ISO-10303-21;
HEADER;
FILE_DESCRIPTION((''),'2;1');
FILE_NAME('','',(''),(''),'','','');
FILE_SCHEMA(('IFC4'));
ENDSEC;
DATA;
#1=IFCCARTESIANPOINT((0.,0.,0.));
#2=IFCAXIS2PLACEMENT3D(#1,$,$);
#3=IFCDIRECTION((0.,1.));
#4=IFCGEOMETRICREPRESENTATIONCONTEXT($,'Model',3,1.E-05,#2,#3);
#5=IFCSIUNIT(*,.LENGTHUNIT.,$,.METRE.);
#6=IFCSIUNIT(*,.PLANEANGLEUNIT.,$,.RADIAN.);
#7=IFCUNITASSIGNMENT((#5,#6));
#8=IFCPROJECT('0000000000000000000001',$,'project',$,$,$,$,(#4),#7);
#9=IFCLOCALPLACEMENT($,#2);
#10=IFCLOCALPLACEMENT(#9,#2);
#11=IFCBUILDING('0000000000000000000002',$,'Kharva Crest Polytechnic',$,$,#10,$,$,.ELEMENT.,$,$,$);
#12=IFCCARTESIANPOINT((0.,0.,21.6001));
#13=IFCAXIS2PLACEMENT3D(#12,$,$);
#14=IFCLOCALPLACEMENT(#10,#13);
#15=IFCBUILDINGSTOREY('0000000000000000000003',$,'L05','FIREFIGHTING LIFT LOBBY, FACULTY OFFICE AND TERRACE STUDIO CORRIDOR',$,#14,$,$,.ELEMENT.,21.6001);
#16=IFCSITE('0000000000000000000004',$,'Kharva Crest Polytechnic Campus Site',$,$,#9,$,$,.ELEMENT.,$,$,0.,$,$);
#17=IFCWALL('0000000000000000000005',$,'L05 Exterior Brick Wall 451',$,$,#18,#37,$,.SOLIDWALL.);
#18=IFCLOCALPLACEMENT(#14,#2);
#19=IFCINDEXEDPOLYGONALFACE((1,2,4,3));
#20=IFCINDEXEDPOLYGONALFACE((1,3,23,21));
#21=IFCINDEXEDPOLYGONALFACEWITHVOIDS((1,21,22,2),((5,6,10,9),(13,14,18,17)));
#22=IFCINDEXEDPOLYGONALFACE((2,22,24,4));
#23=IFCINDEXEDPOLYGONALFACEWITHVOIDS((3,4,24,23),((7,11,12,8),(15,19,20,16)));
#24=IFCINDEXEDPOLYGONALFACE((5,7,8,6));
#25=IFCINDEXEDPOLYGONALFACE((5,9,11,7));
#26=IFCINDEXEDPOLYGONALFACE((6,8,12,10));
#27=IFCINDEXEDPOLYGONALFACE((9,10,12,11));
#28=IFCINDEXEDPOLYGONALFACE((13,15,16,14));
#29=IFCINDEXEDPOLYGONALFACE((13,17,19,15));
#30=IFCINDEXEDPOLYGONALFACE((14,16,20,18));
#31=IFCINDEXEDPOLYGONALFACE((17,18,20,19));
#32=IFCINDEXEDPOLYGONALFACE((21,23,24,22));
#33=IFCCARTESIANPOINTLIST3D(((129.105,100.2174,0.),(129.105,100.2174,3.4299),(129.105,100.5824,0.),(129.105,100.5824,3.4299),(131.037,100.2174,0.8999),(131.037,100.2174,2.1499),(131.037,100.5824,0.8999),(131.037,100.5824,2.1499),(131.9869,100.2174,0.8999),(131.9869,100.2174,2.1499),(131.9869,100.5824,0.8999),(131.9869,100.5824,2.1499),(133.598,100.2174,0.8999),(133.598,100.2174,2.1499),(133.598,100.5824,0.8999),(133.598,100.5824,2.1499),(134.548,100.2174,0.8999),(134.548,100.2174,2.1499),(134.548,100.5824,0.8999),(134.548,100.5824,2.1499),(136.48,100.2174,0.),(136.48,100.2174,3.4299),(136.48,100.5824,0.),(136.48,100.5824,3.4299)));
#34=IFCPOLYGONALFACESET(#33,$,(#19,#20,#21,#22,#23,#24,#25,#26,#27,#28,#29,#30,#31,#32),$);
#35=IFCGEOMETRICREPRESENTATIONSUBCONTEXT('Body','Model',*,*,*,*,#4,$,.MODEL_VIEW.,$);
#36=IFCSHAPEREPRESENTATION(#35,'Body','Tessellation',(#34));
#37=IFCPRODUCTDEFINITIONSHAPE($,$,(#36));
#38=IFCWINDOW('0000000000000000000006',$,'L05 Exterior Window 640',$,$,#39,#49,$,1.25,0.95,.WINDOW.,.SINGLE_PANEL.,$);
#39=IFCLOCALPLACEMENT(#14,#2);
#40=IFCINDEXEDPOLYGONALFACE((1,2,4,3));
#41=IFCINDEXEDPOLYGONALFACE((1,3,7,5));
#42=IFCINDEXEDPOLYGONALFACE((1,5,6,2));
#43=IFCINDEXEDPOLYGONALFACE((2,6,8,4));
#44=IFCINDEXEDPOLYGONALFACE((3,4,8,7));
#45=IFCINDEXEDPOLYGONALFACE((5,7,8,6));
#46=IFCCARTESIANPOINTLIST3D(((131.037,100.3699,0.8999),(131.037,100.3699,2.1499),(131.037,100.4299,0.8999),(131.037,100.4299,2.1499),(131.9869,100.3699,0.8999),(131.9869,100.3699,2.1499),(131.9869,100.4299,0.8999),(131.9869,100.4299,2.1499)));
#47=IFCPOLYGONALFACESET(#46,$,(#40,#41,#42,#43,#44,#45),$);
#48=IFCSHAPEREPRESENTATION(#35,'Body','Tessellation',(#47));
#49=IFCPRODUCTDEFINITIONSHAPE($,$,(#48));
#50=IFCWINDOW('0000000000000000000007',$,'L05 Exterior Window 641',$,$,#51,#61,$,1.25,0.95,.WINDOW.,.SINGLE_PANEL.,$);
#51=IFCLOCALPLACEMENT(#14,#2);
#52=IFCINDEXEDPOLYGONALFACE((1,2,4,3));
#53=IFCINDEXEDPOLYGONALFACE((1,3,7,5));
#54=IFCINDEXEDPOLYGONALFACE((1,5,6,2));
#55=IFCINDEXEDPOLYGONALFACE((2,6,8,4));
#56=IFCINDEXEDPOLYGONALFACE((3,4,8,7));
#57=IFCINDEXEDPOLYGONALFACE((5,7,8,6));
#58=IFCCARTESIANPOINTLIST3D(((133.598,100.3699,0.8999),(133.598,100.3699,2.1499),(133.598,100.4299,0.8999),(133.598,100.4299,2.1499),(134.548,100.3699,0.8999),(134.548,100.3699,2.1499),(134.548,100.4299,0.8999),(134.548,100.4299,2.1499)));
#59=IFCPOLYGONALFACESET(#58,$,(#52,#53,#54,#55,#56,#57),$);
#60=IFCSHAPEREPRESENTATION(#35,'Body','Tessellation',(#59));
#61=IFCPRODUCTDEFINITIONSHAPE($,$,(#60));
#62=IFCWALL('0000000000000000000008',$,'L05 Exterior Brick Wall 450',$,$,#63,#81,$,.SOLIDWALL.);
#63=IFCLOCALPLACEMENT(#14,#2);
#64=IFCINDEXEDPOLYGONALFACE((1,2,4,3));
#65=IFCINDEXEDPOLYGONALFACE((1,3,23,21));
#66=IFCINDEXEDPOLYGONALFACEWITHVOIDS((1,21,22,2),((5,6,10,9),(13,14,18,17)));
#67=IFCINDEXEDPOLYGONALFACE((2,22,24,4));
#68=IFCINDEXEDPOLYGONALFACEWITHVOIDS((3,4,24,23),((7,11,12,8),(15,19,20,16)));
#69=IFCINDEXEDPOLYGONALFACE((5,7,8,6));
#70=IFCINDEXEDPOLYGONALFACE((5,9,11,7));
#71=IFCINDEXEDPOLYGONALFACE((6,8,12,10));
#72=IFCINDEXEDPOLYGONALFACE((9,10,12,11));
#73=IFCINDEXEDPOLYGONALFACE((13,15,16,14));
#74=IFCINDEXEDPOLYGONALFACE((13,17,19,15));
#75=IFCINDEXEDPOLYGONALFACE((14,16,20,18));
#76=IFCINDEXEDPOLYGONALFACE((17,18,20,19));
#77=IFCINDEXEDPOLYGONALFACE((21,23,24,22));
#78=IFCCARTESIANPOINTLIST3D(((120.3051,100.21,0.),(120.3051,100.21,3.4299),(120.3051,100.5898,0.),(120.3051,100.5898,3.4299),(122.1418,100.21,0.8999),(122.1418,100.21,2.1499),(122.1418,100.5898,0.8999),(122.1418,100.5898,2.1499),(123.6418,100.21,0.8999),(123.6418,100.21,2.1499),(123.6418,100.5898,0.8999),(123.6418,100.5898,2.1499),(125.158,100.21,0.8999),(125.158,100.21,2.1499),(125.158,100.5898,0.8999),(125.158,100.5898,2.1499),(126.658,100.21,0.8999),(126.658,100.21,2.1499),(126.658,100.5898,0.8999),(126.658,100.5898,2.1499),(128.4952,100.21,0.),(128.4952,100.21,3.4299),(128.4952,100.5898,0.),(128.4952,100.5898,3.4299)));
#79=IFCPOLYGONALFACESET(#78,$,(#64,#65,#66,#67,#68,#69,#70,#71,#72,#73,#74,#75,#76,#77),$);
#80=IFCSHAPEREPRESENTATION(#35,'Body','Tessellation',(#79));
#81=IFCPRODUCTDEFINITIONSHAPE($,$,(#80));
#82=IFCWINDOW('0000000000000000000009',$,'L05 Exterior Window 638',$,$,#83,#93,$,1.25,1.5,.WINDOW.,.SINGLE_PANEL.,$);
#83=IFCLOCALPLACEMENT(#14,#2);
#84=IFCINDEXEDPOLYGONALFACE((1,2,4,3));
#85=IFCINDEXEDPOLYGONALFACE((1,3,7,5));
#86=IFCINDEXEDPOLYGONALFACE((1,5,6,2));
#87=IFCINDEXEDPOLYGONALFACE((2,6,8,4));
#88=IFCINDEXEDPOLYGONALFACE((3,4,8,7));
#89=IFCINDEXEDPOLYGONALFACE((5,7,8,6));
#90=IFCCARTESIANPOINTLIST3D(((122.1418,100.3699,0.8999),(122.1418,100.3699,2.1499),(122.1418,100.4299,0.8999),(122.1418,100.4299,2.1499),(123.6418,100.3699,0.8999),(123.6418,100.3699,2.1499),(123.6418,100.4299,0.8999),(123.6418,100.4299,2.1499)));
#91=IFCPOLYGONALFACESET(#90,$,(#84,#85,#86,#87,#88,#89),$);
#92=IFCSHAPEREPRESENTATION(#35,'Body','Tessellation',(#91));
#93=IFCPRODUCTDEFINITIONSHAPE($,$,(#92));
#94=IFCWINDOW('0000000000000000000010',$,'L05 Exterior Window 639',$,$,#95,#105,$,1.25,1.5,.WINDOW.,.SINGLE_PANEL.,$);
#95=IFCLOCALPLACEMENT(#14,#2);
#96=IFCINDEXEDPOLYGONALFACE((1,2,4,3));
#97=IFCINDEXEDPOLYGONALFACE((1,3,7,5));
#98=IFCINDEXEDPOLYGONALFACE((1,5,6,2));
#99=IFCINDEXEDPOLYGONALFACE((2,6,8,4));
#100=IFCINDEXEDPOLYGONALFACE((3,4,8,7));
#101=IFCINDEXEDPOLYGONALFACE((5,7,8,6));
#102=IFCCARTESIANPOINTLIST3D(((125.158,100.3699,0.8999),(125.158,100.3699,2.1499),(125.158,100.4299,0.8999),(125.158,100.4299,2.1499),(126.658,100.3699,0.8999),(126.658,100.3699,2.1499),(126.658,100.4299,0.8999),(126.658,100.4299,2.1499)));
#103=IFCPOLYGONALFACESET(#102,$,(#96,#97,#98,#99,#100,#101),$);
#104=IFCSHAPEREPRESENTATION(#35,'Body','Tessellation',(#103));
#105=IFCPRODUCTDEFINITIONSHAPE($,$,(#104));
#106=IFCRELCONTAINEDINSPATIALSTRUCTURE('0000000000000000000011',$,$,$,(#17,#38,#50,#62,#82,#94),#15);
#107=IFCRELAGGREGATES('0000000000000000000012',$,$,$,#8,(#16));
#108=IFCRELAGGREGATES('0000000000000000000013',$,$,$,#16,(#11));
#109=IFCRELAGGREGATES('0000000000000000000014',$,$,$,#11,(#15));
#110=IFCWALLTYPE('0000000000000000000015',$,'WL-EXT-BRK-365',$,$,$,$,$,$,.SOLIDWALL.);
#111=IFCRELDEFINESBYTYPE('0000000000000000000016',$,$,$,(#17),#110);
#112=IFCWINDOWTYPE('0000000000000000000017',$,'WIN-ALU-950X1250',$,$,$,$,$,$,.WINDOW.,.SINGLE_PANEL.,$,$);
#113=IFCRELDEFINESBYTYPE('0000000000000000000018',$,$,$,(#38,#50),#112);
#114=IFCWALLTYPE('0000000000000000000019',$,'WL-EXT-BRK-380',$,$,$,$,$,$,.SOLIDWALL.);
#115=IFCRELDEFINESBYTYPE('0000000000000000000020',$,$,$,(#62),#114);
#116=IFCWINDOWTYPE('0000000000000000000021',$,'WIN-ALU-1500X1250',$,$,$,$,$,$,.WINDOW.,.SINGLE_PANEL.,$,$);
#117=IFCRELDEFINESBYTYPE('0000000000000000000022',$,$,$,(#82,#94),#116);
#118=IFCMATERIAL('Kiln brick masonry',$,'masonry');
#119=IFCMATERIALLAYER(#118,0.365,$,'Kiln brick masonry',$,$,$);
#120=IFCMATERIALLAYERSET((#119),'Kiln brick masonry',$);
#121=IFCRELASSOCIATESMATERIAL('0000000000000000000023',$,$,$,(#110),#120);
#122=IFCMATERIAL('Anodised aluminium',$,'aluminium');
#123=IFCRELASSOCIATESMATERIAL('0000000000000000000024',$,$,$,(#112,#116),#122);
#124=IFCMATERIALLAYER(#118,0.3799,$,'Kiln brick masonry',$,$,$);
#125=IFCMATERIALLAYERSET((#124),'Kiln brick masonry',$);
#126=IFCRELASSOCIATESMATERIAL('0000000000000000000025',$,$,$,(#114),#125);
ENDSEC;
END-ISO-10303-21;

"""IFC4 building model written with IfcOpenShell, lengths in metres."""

from ifc_helpers import new_model, si_unit, direction, frame, frame_2d, origin, place, context, subcontext, project, spatial, rectangle, extrude, material, layer, layer_set, type_object, element, fill, save


model = new_model("IFC4")

# Units and contexts
model_context = context("Model", 3, precision=1e-05, world=origin(), true_north=direction((0.0, 1.0)))
body_context = subcontext(model_context, "Body", "Model", "MODEL_VIEW")
ifc_project = project(units=[si_unit("LENGTHUNIT", "METRE"), si_unit("PLANEANGLEUNIT", "RADIAN")], contexts=[model_context])

# Site, building, storey
site_placement = place(None, origin())
site = spatial("IfcSite", under=ifc_project, at=site_placement, Name="Kharva Crest Polytechnic Campus Site", CompositionType="ELEMENT", RefElevation=0.0)
building_placement = place(site_placement, origin())
building = spatial("IfcBuilding", under=site, at=building_placement, Name="Kharva Crest Polytechnic", CompositionType="ELEMENT")
storey_placement = place(building_placement, frame((0.0, 0.0, 21.6001)))
storey = spatial("IfcBuildingStorey", under=building, at=storey_placement, Name="L05", Description="FIREFIGHTING LIFT LOBBY, FACULTY OFFICE AND TERRACE STUDIO CORRIDOR", CompositionType="ELEMENT", Elevation=21.6001)

# Walls, openings, windows
ifc_material_1 = material(Name="Kiln brick masonry", Category="masonry")
ifc_layer_1 = layer(ifc_material_1, 0.365, Name="Kiln brick masonry")
ifc_layer_set_1 = layer_set([ifc_layer_1], Name="Kiln brick masonry")
wall_type_1 = type_object("IfcWallType", Name="WL-EXT-BRK-365", PredefinedType="SOLIDWALL", material=ifc_layer_set_1)
wall_1_placement = place(storey_placement, frame((129.105, 100.3999, 0.0), z_axis=(0.0, 0.0, 1.0), x_axis=(1.0, 0.0, 0.0)))
wall_1 = element("IfcWall", 1, at=wall_1_placement, inside=storey, type_object=wall_type_1, Name="L05 Exterior Brick Wall 451", PredefinedType="SOLIDWALL", context=body_context, shape_type="SweptSolid", body=[
    extrude(rectangle(XDim=7.375, YDim=0.365, at=frame_2d((3.6875, 0.0))), origin(), (0.0, 0.0, 1.0), 3.4299),
])
opening_1_placement = place(wall_1_placement, frame((1.9319, 0.0, 0.8999)))
opening_1 = element("IfcOpeningElement", 2, at=opening_1_placement, cuts=wall_1, PredefinedType="OPENING", context=body_context, shape_type="SweptSolid", body=[
    extrude(rectangle(XDim=0.95, YDim=1.25, at=frame_2d((0.4751, 0.625))), frame((0.0, 0.1924, 0.0), z_axis=(0.0, -1.0, 0.0), x_axis=(1.0, 0.0, 0.0)), (0.0, 0.0, 1.0), 0.385),
])
opening_2_placement = place(wall_1_placement, frame((4.4929, 0.0, 0.8999)))
opening_2 = element("IfcOpeningElement", 3, at=opening_2_placement, cuts=wall_1, PredefinedType="OPENING", context=body_context, shape_type="SweptSolid", body=[
    extrude(rectangle(XDim=0.95, YDim=1.25, at=frame_2d((0.4751, 0.625))), frame((0.0, 0.1924, 0.0), z_axis=(0.0, -1.0, 0.0), x_axis=(1.0, 0.0, 0.0)), (0.0, 0.0, 1.0), 0.385),
])
ifc_material_2 = material(Name="Anodised aluminium", Category="aluminium")
window_type_1 = type_object("IfcWindowType", Name="WIN-ALU-950X1250", PartitioningType="SINGLE_PANEL", PredefinedType="WINDOW", material=ifc_material_2)
window_1_placement = place(opening_1_placement, origin())
window_1 = element("IfcWindow", 4, at=window_1_placement, inside=storey, type_object=window_type_1, Name="L05 Exterior Window 640", OverallHeight=1.25, OverallWidth=0.95, PartitioningType="SINGLE_PANEL", PredefinedType="WINDOW", context=body_context, shape_type="SweptSolid", body=[
    extrude(rectangle(XDim=0.95, YDim=1.25, at=frame_2d((0.4751, 0.625))), frame((0.0, 0.03, 0.0), z_axis=(0.0, -1.0, 0.0), x_axis=(1.0, 0.0, 0.0)), (0.0, 0.0, 1.0), 0.0601),
])
fill(opening_1, window_1)
window_2_placement = place(opening_2_placement, origin())
window_2 = element("IfcWindow", 5, at=window_2_placement, inside=storey, type_object=window_type_1, Name="L05 Exterior Window 641", OverallHeight=1.25, OverallWidth=0.95, PartitioningType="SINGLE_PANEL", PredefinedType="WINDOW", context=body_context, shape_type="SweptSolid", body=[
    extrude(rectangle(XDim=0.95, YDim=1.25, at=frame_2d((0.4751, 0.625))), frame((0.0, 0.03, 0.0), z_axis=(0.0, -1.0, 0.0), x_axis=(1.0, 0.0, 0.0)), (0.0, 0.0, 1.0), 0.0601),
])
fill(opening_2, window_2)
ifc_layer_2 = layer(ifc_material_1, 0.3799, Name="Kiln brick masonry")
ifc_layer_set_2 = layer_set([ifc_layer_2], Name="Kiln brick masonry")
wall_type_2 = type_object("IfcWallType", Name="WL-EXT-BRK-380", PredefinedType="SOLIDWALL", material=ifc_layer_set_2)
wall_2_placement = place(storey_placement, frame((120.3049, 100.3999, 0.0), z_axis=(0.0, 0.0, 1.0), x_axis=(1.0, 0.0, 0.0)))
wall_2 = element("IfcWall", 6, at=wall_2_placement, inside=storey, type_object=wall_type_2, Name="L05 Exterior Brick Wall 450", PredefinedType="SOLIDWALL", context=body_context, shape_type="SweptSolid", body=[
    extrude(rectangle(XDim=8.1902, YDim=0.3799, at=frame_2d((4.0952, 0.0))), origin(), (0.0, 0.0, 1.0), 3.4299),
])
opening_3_placement = place(wall_2_placement, frame((1.8369, 0.0, 0.8999)))
opening_3 = element("IfcOpeningElement", 7, at=opening_3_placement, cuts=wall_2, PredefinedType="OPENING", context=body_context, shape_type="SweptSolid", body=[
    extrude(rectangle(XDim=1.5, YDim=1.25, at=frame_2d((0.75, 0.625))), frame((0.0, 0.2, 0.0), z_axis=(0.0, -1.0, 0.0), x_axis=(1.0, 0.0, 0.0)), (0.0, 0.0, 1.0), 0.3999),
])
opening_4_placement = place(wall_2_placement, frame((4.853, 0.0, 0.8999)))
opening_4 = element("IfcOpeningElement", 8, at=opening_4_placement, cuts=wall_2, PredefinedType="OPENING", context=body_context, shape_type="SweptSolid", body=[
    extrude(rectangle(XDim=1.5, YDim=1.25, at=frame_2d((0.75, 0.625))), frame((0.0, 0.2, 0.0), z_axis=(0.0, -1.0, 0.0), x_axis=(1.0, 0.0, 0.0)), (0.0, 0.0, 1.0), 0.3999),
])
window_type_2 = type_object("IfcWindowType", Name="WIN-ALU-1500X1250", PartitioningType="SINGLE_PANEL", PredefinedType="WINDOW", material=ifc_material_2)
window_3_placement = place(opening_3_placement, origin())
window_3 = element("IfcWindow", 9, at=window_3_placement, inside=storey, type_object=window_type_2, Name="L05 Exterior Window 638", OverallHeight=1.25, OverallWidth=1.5, PartitioningType="SINGLE_PANEL", PredefinedType="WINDOW", context=body_context, shape_type="SweptSolid", body=[
    extrude(rectangle(XDim=1.5, YDim=1.25, at=frame_2d((0.75, 0.625))), frame((0.0, 0.03, 0.0), z_axis=(0.0, -1.0, 0.0), x_axis=(1.0, 0.0, 0.0)), (0.0, 0.0, 1.0), 0.0601),
])
fill(opening_3, window_3)
window_4_placement = place(opening_4_placement, origin())
window_4 = element("IfcWindow", 10, at=window_4_placement, inside=storey, type_object=window_type_2, Name="L05 Exterior Window 639", OverallHeight=1.25, OverallWidth=1.5, PartitioningType="SINGLE_PANEL", PredefinedType="WINDOW", context=body_context, shape_type="SweptSolid", body=[
    extrude(rectangle(XDim=1.5, YDim=1.25, at=frame_2d((0.75, 0.625))), frame((0.0, 0.03, 0.0), z_axis=(0.0, -1.0, 0.0), x_axis=(1.0, 0.0, 0.0)), (0.0, 0.0, 1.0), 0.0601),
])
fill(opening_4, window_4)

save(model, "model.ifc")
